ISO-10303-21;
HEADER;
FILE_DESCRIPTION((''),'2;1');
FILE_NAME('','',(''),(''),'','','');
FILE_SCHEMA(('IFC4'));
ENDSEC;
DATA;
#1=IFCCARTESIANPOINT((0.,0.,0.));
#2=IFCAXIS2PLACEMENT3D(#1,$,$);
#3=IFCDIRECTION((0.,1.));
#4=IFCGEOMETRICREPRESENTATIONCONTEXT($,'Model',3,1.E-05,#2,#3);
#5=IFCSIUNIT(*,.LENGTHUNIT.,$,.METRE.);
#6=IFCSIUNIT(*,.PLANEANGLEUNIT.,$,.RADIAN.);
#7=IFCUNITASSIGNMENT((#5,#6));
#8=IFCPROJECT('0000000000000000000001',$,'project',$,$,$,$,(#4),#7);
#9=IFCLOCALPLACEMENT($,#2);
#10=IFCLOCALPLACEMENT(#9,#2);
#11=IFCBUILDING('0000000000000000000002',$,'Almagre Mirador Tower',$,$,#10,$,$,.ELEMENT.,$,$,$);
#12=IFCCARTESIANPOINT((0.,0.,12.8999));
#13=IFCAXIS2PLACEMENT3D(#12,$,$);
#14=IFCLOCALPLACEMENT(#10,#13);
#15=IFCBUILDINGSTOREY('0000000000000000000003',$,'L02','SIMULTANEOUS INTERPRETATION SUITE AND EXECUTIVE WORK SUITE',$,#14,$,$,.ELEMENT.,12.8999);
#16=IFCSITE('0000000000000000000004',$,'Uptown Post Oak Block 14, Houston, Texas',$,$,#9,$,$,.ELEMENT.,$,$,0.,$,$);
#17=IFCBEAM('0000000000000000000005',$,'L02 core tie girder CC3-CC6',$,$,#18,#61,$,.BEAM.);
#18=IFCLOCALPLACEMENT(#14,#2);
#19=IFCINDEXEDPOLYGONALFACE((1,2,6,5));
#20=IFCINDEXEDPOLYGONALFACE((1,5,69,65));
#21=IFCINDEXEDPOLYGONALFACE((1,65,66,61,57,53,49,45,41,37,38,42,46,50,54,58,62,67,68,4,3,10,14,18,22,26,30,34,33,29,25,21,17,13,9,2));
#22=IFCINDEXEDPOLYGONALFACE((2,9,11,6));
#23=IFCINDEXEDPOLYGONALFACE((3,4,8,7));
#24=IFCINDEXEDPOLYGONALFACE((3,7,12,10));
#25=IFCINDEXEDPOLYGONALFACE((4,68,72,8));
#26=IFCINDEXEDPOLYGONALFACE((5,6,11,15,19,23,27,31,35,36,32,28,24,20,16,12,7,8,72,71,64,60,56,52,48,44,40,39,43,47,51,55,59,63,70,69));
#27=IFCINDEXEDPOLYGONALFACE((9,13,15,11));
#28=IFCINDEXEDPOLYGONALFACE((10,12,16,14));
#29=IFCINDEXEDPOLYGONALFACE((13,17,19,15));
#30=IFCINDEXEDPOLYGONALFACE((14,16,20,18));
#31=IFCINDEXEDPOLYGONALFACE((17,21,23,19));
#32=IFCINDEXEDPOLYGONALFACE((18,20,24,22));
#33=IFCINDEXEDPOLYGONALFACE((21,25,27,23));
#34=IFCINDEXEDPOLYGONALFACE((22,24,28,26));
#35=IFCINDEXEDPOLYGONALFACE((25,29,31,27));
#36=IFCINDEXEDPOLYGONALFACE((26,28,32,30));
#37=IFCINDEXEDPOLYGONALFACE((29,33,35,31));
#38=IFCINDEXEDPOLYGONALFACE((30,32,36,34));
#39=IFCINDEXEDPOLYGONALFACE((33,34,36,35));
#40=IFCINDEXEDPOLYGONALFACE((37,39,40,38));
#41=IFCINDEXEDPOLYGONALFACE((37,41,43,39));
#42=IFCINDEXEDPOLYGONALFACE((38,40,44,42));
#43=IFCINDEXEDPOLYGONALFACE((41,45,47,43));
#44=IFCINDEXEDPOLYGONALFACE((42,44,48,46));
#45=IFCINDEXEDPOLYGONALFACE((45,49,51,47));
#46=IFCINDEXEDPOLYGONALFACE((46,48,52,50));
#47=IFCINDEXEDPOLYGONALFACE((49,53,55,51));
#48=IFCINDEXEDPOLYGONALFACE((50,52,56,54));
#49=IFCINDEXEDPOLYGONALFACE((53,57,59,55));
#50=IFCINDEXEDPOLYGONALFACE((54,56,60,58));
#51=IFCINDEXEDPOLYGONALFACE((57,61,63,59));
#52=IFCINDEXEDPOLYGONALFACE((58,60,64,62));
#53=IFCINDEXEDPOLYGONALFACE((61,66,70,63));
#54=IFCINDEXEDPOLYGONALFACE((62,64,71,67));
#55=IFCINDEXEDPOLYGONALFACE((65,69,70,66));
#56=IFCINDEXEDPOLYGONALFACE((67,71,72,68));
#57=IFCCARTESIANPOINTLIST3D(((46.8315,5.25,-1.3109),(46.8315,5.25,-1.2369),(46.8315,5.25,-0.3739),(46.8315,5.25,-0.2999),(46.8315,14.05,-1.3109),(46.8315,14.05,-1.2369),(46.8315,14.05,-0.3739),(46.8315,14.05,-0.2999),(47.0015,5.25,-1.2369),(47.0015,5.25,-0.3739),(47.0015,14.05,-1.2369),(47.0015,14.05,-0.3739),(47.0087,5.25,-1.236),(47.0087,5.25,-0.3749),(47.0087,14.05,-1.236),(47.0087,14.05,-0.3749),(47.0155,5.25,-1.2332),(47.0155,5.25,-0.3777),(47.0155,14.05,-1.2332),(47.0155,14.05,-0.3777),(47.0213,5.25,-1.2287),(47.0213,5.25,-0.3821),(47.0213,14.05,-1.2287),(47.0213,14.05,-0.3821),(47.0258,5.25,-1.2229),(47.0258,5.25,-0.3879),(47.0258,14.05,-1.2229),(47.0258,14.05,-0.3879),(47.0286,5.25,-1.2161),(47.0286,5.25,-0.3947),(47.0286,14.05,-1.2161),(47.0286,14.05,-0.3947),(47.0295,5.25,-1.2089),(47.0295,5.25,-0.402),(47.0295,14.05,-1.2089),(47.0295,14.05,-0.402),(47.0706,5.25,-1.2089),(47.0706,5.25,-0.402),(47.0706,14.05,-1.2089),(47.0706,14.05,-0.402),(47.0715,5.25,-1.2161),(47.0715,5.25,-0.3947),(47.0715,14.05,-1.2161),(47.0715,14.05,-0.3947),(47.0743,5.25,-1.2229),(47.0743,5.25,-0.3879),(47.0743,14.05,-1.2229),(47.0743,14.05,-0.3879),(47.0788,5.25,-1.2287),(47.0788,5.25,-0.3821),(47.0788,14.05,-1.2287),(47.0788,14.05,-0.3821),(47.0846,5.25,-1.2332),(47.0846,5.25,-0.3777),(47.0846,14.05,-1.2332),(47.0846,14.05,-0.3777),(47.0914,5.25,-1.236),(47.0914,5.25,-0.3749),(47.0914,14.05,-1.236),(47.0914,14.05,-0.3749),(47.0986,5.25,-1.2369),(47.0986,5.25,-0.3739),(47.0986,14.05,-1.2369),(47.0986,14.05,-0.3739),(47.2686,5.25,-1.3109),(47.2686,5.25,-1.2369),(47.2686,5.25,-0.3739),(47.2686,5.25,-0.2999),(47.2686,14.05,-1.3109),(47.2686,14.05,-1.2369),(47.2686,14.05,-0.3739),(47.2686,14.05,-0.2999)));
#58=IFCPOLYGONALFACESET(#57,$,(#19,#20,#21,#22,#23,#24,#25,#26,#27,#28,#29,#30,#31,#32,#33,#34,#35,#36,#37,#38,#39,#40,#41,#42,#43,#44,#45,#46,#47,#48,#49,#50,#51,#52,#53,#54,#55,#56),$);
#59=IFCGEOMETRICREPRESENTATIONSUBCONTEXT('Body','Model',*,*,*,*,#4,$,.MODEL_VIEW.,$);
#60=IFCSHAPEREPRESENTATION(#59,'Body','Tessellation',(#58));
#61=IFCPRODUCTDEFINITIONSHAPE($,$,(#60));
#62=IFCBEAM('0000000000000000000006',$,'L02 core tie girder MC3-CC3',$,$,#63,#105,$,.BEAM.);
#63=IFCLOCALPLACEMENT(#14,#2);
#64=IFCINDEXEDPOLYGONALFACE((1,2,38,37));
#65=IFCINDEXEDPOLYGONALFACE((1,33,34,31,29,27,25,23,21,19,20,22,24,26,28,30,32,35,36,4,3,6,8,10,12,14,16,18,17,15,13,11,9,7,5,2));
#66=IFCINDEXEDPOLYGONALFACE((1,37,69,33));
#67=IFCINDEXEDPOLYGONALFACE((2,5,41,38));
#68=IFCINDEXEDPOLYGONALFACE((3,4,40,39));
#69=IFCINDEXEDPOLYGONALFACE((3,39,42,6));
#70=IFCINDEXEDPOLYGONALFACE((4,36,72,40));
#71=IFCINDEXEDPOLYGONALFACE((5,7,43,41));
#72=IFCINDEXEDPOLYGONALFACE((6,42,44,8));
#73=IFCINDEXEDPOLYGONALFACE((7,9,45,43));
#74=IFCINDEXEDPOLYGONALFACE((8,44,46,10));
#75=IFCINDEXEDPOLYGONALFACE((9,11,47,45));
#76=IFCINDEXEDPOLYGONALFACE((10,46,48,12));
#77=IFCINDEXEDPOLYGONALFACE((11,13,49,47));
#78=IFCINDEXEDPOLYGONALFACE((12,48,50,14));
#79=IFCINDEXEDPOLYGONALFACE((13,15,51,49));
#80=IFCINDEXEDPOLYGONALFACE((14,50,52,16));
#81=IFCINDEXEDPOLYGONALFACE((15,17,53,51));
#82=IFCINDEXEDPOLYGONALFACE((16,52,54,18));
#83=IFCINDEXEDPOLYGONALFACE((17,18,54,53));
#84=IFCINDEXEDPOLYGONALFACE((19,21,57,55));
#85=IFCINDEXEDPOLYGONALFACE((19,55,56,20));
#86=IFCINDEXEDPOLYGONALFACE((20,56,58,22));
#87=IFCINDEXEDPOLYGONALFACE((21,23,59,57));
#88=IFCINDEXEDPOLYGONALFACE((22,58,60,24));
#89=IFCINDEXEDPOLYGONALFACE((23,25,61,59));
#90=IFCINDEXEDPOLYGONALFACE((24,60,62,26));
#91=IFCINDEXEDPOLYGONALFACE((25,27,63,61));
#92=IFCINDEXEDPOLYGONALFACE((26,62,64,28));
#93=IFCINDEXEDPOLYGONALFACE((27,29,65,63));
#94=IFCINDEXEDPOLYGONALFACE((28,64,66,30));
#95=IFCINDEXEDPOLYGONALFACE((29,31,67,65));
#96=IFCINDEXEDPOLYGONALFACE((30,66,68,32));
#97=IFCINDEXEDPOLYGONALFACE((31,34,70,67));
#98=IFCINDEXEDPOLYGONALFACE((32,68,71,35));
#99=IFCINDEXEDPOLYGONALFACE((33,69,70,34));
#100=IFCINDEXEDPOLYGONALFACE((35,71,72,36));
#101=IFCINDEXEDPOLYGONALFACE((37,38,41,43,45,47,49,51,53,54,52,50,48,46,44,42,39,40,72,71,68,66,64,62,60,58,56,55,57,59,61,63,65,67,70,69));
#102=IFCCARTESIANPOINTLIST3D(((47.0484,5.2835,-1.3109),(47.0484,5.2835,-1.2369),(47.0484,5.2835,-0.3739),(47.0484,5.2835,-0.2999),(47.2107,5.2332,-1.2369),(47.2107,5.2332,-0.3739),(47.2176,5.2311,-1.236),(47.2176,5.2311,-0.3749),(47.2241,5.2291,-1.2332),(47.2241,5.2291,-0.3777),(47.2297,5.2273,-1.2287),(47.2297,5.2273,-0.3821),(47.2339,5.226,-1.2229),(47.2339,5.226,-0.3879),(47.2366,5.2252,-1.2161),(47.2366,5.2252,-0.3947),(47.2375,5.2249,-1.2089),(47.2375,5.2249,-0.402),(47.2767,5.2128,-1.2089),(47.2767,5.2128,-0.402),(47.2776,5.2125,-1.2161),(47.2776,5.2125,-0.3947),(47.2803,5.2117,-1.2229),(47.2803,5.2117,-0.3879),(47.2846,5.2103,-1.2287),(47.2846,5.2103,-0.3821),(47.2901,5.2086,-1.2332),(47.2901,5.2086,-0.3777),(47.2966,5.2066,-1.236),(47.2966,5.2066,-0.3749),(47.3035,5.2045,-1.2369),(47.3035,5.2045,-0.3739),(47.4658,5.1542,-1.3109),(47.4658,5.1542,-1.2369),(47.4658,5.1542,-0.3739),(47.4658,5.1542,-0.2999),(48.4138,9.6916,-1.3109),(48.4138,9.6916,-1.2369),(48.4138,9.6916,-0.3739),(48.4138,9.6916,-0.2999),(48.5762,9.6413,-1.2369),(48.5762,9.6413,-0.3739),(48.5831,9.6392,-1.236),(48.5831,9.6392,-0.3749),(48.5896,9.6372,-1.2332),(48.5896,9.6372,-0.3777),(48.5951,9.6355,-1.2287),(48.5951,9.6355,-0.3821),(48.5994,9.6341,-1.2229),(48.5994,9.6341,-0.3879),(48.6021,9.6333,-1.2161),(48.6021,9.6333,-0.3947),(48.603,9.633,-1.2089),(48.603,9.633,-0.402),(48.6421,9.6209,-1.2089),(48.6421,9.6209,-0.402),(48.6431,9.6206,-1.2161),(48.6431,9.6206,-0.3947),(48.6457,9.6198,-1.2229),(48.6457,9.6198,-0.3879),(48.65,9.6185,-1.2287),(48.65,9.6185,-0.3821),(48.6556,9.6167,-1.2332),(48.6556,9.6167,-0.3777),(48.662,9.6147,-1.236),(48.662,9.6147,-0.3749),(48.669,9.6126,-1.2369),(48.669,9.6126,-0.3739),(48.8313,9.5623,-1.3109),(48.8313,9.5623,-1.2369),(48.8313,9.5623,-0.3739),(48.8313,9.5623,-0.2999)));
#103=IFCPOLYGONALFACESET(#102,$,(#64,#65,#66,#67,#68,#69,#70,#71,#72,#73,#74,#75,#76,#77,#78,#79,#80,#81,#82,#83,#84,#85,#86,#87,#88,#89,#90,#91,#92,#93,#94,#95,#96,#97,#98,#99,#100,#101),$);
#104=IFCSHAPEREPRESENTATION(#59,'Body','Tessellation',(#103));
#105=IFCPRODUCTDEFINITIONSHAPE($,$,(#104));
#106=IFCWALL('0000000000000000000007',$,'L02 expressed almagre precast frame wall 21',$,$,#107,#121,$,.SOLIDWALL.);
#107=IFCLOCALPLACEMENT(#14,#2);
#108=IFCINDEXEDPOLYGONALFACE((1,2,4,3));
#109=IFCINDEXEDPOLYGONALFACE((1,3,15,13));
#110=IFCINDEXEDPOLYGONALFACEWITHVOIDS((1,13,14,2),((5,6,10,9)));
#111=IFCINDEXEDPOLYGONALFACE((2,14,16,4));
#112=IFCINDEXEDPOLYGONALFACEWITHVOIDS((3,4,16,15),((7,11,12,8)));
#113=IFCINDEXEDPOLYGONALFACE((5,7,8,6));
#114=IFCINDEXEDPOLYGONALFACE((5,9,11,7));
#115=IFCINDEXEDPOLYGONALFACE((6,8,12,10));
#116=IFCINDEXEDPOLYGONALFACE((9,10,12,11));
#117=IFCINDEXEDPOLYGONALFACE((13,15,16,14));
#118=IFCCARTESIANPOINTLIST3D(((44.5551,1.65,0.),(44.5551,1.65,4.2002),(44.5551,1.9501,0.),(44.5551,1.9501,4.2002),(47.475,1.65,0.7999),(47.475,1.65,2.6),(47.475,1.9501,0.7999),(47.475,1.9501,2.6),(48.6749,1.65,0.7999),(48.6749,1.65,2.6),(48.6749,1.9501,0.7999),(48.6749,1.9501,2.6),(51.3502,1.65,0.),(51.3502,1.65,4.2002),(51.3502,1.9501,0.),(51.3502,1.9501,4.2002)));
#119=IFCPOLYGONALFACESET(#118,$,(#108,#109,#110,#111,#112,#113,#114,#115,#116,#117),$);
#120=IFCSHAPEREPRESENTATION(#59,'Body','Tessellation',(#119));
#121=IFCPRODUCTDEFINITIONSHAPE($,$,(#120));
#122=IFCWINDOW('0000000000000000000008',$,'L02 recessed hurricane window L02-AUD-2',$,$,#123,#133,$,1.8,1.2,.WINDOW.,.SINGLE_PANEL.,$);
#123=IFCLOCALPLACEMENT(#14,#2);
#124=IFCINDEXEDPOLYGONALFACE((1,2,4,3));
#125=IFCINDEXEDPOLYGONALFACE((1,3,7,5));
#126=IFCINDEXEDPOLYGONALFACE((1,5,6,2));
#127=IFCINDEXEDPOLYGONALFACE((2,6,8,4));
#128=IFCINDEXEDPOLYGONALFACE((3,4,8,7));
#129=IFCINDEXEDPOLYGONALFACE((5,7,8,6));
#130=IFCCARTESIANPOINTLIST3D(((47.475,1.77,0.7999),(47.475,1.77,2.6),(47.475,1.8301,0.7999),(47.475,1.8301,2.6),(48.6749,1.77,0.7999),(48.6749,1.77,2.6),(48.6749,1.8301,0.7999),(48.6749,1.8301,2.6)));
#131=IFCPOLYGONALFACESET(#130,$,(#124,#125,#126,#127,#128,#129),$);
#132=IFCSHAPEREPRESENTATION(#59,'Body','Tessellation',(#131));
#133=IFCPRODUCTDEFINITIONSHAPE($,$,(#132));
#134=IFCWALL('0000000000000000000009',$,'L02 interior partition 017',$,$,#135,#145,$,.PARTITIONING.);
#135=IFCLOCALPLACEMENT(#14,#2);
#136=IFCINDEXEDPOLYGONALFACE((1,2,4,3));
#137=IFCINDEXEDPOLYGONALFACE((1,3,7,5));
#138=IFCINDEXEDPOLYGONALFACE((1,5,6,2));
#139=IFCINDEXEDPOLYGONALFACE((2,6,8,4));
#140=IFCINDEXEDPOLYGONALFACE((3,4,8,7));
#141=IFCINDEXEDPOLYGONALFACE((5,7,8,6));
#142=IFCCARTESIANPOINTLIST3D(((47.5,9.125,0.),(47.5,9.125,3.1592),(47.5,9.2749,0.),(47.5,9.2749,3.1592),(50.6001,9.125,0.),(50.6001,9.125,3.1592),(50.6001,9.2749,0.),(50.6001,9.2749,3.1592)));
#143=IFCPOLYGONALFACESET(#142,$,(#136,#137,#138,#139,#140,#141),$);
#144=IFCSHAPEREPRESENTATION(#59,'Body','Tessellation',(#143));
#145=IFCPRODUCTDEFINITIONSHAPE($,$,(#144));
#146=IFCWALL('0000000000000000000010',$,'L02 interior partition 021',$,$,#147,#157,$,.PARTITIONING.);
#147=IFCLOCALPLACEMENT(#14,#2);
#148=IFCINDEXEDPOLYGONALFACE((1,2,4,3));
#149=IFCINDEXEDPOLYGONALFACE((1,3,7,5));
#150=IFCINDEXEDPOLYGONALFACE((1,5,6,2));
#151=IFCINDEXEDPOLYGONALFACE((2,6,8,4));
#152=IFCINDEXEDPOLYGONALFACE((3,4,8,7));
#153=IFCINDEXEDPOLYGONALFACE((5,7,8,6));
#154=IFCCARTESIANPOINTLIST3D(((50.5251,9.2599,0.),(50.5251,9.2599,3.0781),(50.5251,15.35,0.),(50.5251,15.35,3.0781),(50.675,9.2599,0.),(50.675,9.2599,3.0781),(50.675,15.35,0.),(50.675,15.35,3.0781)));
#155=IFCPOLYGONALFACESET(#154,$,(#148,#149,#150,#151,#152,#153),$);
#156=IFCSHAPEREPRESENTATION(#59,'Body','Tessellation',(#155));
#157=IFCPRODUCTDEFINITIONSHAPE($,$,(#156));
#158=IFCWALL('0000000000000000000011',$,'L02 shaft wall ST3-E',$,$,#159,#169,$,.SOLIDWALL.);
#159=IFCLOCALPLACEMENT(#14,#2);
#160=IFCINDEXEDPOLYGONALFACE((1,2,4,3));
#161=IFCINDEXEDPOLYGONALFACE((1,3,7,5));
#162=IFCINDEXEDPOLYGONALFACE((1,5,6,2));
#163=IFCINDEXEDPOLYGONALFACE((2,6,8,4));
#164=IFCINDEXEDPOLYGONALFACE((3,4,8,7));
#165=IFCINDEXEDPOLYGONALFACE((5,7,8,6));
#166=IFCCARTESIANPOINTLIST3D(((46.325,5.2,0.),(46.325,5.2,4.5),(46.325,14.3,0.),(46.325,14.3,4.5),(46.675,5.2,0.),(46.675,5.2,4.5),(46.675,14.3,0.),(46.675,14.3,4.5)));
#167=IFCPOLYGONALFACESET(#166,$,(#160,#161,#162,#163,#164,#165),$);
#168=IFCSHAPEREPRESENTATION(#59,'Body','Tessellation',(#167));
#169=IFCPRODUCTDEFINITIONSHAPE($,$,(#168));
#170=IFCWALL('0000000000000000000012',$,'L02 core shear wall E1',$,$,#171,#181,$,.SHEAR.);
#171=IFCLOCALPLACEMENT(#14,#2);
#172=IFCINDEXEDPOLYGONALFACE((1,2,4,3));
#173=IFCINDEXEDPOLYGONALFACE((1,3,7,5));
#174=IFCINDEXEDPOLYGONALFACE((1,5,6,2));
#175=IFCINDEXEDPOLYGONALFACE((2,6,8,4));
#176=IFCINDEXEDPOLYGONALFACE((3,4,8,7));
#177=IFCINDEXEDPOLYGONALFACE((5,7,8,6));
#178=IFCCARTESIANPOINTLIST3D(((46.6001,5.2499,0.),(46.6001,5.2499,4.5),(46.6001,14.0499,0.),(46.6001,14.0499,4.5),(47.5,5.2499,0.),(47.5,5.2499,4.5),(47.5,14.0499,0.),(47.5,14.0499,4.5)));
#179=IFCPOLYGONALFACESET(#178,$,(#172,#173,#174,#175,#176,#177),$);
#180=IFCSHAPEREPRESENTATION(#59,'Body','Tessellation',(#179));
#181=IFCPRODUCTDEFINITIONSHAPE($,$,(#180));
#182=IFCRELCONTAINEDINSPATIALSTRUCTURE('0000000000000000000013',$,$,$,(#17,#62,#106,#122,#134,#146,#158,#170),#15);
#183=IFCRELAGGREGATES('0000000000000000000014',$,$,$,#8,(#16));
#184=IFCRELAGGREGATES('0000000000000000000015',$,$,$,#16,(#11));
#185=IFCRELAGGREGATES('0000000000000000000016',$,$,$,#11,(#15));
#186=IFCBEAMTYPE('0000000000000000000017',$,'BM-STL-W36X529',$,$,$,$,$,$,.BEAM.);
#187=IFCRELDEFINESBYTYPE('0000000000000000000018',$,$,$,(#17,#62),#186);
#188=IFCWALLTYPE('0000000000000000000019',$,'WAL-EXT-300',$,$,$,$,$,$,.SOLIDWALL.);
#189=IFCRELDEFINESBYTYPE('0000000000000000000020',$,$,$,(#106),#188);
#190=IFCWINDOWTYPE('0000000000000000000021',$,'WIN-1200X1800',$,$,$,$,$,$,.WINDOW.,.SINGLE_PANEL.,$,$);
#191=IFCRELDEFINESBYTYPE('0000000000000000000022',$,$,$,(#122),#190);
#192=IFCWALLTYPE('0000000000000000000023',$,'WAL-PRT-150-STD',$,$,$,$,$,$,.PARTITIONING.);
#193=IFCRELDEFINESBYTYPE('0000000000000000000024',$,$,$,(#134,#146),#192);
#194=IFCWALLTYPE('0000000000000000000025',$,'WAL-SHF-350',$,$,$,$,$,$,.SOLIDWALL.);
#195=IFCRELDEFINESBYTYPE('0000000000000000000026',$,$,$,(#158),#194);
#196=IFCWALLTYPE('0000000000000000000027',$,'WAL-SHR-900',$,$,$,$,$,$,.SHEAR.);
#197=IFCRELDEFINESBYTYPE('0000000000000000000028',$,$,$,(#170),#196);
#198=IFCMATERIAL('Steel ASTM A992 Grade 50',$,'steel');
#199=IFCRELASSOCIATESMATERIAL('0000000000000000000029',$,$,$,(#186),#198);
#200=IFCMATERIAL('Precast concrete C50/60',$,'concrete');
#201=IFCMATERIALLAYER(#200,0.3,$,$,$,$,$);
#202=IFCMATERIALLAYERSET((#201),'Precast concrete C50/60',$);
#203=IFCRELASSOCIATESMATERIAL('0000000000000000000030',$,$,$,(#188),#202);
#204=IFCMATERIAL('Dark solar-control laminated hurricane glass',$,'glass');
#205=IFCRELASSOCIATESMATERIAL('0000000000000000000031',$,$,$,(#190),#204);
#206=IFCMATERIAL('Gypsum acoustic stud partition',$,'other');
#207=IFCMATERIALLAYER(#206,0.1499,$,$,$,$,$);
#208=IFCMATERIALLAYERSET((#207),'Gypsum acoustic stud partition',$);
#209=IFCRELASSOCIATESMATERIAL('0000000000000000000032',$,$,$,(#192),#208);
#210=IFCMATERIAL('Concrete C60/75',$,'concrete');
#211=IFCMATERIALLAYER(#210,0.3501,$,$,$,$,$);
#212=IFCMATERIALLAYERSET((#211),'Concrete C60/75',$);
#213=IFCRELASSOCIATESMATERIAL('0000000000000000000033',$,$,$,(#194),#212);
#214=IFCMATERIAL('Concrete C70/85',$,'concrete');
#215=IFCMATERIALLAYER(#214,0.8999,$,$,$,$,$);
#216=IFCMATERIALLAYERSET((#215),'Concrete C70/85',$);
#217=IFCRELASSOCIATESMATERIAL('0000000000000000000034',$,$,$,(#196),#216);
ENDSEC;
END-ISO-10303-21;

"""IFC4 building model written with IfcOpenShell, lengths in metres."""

from ifc_helpers import new_model, si_unit, direction, frame, frame_2d, origin, origin_2d, place, context, subcontext, project, spatial, rectangle, i_section, extrude, material, layer, layer_set, material_profile, profile_set, type_object, element, fill, save


model = new_model("IFC4")

# Units and contexts
model_context = context("Model", 3, precision=1e-05, world=origin(), true_north=direction((0.0, 1.0)))
body_context = subcontext(model_context, "Body", "Model", "MODEL_VIEW")
ifc_project = project(units=[si_unit("LENGTHUNIT", "METRE"), si_unit("PLANEANGLEUNIT", "RADIAN")], contexts=[model_context])

# Site, building, storey
site_placement = place(None, origin())
site = spatial("IfcSite", under=ifc_project, at=site_placement, Name="Uptown Post Oak Block 14, Houston, Texas", CompositionType="ELEMENT", RefElevation=0.0)
building_placement = place(site_placement, origin())
building = spatial("IfcBuilding", under=site, at=building_placement, Name="Almagre Mirador Tower", CompositionType="ELEMENT")
storey_placement = place(building_placement, frame((0.0, 0.0, 12.8999)))
storey = spatial("IfcBuildingStorey", under=building, at=storey_placement, Name="L02", Description="SIMULTANEOUS INTERPRETATION SUITE AND EXECUTIVE WORK SUITE", CompositionType="ELEMENT", Elevation=12.8999)

# Beams
ifc_material_1 = material(Name="Steel ASTM A992 Grade 50", Category="steel")
ifc_material_profile_1 = material_profile(ifc_material_1, i_section(OverallWidth=0.437, OverallDepth=1.011, WebThickness=0.041, FlangeThickness=0.074, FilletRadius=0.0281, at=origin_2d()), Name="W36X529")
ifc_profile_set_1 = profile_set([ifc_material_profile_1], Name="Steel ASTM A992 Grade 50")
beam_type_1 = type_object("IfcBeamType", Name="BM-STL-W36X529", PredefinedType="BEAM", material=ifc_profile_set_1)
beam_1_placement = place(storey_placement, frame((47.05, 5.25, -0.8054), z_axis=(0.0, 1.0, 0.0), x_axis=(-1.0, 0.0, 0.0)))
element("IfcBeam", 1, at=beam_1_placement, inside=storey, type_object=beam_type_1, Name="L02 core tie girder CC3-CC6", PredefinedType="BEAM", context=body_context, shape_type="SweptSolid", body=[
    extrude(i_section(OverallWidth=0.437, OverallDepth=1.011, WebThickness=0.041, FlangeThickness=0.074, FilletRadius=0.0281, at=origin_2d()), origin(), (0.0, 0.0, 1.0), 8.8),
])
beam_2_placement = place(storey_placement, frame((48.6226, 9.627, -0.8054), z_axis=(-0.295888, -0.955223, 0.0), x_axis=(0.955223, -0.295888, 0.0)))
element("IfcBeam", 2, at=beam_2_placement, inside=storey, type_object=beam_type_1, Name="L02 core tie girder MC3-CC3", PredefinedType="BEAM", context=body_context, shape_type="SweptSolid", body=[
    extrude(i_section(OverallWidth=0.437, OverallDepth=1.011, WebThickness=0.041, FlangeThickness=0.074, FilletRadius=0.0281, at=origin_2d()), origin(), (0.0, 0.0, 1.0), 4.6147),
])

# Wall, opening, window
ifc_material_2 = material(Name="Precast concrete C50/60", Category="concrete")
ifc_layer_1 = layer(ifc_material_2, 0.3)
ifc_layer_set_1 = layer_set([ifc_layer_1], Name="Precast concrete C50/60")
wall_type_1 = type_object("IfcWallType", Name="WAL-EXT-300", PredefinedType="SOLIDWALL", material=ifc_layer_set_1)
wall_1_placement = place(storey_placement, frame((51.3501, 1.8, 0.0), z_axis=(0.0, 0.0, 1.0), x_axis=(-1.0, 0.0, 0.0)))
wall_1 = element("IfcWall", 3, at=wall_1_placement, inside=storey, type_object=wall_type_1, Name="L02 expressed almagre precast frame wall 21", PredefinedType="SOLIDWALL", context=body_context, shape_type="SweptSolid", body=[
    extrude(rectangle(XDim=6.7952, YDim=0.3, at=frame_2d((3.3975, 0.0))), origin(), (0.0, 0.0, 1.0), 4.2002),
])
opening_placement = place(wall_1_placement, frame((2.675, 0.0, 0.8)))
opening = element("IfcOpeningElement", 4, at=opening_placement, cuts=wall_1, PredefinedType="OPENING", context=body_context, shape_type="SweptSolid", body=[
    extrude(rectangle(XDim=1.2, YDim=1.8, at=frame_2d((0.6001, 0.8999))), frame((0.0, 0.1599, 0.0), z_axis=(0.0, -1.0, 0.0), x_axis=(1.0, 0.0, 0.0)), (0.0, 0.0, 1.0), 0.32),
])
ifc_material_3 = material(Name="Dark solar-control laminated hurricane glass", Category="glass")
window_type = type_object("IfcWindowType", Name="WIN-1200X1800", PartitioningType="SINGLE_PANEL", PredefinedType="WINDOW", material=ifc_material_3)
window_placement = place(opening_placement, origin())
window = element("IfcWindow", 5, at=window_placement, inside=storey, type_object=window_type, Name="L02 recessed hurricane window L02-AUD-2", OverallHeight=1.8, OverallWidth=1.2, PartitioningType="SINGLE_PANEL", PredefinedType="WINDOW", context=body_context, shape_type="SweptSolid", body=[
    extrude(rectangle(XDim=1.2, YDim=1.8, at=frame_2d((0.6001, 0.8999))), frame((0.0, 0.03, 0.0), z_axis=(0.0, -1.0, 0.0), x_axis=(1.0, 0.0, 0.0)), (0.0, 0.0, 1.0), 0.0601),
])
fill(opening, window)

# Walls
ifc_material_4 = material(Name="Gypsum acoustic stud partition", Category="other")
ifc_layer_2 = layer(ifc_material_4, 0.1499)
ifc_layer_set_2 = layer_set([ifc_layer_2], Name="Gypsum acoustic stud partition")
wall_type_2 = type_object("IfcWallType", Name="WAL-PRT-150-STD", PredefinedType="PARTITIONING", material=ifc_layer_set_2)
wall_2_placement = place(storey_placement, frame((50.6001, 9.2, 0.0), z_axis=(0.0, 0.0, 1.0), x_axis=(-1.0, 0.0, 0.0)))
element("IfcWall", 6, at=wall_2_placement, inside=storey, type_object=wall_type_2, Name="L02 interior partition 017", PredefinedType="PARTITIONING", context=body_context, shape_type="SweptSolid", body=[
    extrude(rectangle(XDim=3.1001, YDim=0.1499, at=frame_2d((1.55, 0.0))), origin(), (0.0, 0.0, 1.0), 3.1592),
])
wall_3_placement = place(storey_placement, frame((50.6001, 9.26, 0.0), z_axis=(0.0, 0.0, 1.0), x_axis=(0.0, 1.0, 0.0)))
element("IfcWall", 7, at=wall_3_placement, inside=storey, type_object=wall_type_2, Name="L02 interior partition 021", PredefinedType="PARTITIONING", context=body_context, shape_type="SweptSolid", body=[
    extrude(rectangle(XDim=6.0901, YDim=0.1499, at=frame_2d((3.0449, 0.0))), origin(), (0.0, 0.0, 1.0), 3.0781),
])
ifc_material_5 = material(Name="Concrete C60/75", Category="concrete")
ifc_layer_3 = layer(ifc_material_5, 0.3501)
ifc_layer_set_3 = layer_set([ifc_layer_3], Name="Concrete C60/75")
wall_type_3 = type_object("IfcWallType", Name="WAL-SHF-350", PredefinedType="SOLIDWALL", material=ifc_layer_set_3)
wall_4_placement = place(storey_placement, frame((46.5, 5.2, 0.0), z_axis=(0.0, 0.0, 1.0), x_axis=(0.0, 1.0, 0.0)))
element("IfcWall", 8, at=wall_4_placement, inside=storey, type_object=wall_type_3, Name="L02 shaft wall ST3-E", PredefinedType="SOLIDWALL", context=body_context, shape_type="SweptSolid", body=[
    extrude(rectangle(XDim=9.1001, YDim=0.3501, at=frame_2d((4.55, 0.0))), origin(), (0.0, 0.0, 1.0), 4.5),
])
ifc_material_6 = material(Name="Concrete C70/85", Category="concrete")
ifc_layer_4 = layer(ifc_material_6, 0.8999)
ifc_layer_set_4 = layer_set([ifc_layer_4], Name="Concrete C70/85")
wall_type_4 = type_object("IfcWallType", Name="WAL-SHR-900", PredefinedType="SHEAR", material=ifc_layer_set_4)
wall_5_placement = place(storey_placement, frame((47.05, 5.25, 0.0), z_axis=(0.0, 0.0, 1.0), x_axis=(0.0, 1.0, 0.0)))
element("IfcWall", 9, at=wall_5_placement, inside=storey, type_object=wall_type_4, Name="L02 core shear wall E1", PredefinedType="SHEAR", context=body_context, shape_type="SweptSolid", body=[
    extrude(rectangle(XDim=8.8, YDim=0.8999, at=frame_2d((4.3999, 0.0))), origin(), (0.0, 0.0, 1.0), 4.5),
])

save(model, "model.ifc")
